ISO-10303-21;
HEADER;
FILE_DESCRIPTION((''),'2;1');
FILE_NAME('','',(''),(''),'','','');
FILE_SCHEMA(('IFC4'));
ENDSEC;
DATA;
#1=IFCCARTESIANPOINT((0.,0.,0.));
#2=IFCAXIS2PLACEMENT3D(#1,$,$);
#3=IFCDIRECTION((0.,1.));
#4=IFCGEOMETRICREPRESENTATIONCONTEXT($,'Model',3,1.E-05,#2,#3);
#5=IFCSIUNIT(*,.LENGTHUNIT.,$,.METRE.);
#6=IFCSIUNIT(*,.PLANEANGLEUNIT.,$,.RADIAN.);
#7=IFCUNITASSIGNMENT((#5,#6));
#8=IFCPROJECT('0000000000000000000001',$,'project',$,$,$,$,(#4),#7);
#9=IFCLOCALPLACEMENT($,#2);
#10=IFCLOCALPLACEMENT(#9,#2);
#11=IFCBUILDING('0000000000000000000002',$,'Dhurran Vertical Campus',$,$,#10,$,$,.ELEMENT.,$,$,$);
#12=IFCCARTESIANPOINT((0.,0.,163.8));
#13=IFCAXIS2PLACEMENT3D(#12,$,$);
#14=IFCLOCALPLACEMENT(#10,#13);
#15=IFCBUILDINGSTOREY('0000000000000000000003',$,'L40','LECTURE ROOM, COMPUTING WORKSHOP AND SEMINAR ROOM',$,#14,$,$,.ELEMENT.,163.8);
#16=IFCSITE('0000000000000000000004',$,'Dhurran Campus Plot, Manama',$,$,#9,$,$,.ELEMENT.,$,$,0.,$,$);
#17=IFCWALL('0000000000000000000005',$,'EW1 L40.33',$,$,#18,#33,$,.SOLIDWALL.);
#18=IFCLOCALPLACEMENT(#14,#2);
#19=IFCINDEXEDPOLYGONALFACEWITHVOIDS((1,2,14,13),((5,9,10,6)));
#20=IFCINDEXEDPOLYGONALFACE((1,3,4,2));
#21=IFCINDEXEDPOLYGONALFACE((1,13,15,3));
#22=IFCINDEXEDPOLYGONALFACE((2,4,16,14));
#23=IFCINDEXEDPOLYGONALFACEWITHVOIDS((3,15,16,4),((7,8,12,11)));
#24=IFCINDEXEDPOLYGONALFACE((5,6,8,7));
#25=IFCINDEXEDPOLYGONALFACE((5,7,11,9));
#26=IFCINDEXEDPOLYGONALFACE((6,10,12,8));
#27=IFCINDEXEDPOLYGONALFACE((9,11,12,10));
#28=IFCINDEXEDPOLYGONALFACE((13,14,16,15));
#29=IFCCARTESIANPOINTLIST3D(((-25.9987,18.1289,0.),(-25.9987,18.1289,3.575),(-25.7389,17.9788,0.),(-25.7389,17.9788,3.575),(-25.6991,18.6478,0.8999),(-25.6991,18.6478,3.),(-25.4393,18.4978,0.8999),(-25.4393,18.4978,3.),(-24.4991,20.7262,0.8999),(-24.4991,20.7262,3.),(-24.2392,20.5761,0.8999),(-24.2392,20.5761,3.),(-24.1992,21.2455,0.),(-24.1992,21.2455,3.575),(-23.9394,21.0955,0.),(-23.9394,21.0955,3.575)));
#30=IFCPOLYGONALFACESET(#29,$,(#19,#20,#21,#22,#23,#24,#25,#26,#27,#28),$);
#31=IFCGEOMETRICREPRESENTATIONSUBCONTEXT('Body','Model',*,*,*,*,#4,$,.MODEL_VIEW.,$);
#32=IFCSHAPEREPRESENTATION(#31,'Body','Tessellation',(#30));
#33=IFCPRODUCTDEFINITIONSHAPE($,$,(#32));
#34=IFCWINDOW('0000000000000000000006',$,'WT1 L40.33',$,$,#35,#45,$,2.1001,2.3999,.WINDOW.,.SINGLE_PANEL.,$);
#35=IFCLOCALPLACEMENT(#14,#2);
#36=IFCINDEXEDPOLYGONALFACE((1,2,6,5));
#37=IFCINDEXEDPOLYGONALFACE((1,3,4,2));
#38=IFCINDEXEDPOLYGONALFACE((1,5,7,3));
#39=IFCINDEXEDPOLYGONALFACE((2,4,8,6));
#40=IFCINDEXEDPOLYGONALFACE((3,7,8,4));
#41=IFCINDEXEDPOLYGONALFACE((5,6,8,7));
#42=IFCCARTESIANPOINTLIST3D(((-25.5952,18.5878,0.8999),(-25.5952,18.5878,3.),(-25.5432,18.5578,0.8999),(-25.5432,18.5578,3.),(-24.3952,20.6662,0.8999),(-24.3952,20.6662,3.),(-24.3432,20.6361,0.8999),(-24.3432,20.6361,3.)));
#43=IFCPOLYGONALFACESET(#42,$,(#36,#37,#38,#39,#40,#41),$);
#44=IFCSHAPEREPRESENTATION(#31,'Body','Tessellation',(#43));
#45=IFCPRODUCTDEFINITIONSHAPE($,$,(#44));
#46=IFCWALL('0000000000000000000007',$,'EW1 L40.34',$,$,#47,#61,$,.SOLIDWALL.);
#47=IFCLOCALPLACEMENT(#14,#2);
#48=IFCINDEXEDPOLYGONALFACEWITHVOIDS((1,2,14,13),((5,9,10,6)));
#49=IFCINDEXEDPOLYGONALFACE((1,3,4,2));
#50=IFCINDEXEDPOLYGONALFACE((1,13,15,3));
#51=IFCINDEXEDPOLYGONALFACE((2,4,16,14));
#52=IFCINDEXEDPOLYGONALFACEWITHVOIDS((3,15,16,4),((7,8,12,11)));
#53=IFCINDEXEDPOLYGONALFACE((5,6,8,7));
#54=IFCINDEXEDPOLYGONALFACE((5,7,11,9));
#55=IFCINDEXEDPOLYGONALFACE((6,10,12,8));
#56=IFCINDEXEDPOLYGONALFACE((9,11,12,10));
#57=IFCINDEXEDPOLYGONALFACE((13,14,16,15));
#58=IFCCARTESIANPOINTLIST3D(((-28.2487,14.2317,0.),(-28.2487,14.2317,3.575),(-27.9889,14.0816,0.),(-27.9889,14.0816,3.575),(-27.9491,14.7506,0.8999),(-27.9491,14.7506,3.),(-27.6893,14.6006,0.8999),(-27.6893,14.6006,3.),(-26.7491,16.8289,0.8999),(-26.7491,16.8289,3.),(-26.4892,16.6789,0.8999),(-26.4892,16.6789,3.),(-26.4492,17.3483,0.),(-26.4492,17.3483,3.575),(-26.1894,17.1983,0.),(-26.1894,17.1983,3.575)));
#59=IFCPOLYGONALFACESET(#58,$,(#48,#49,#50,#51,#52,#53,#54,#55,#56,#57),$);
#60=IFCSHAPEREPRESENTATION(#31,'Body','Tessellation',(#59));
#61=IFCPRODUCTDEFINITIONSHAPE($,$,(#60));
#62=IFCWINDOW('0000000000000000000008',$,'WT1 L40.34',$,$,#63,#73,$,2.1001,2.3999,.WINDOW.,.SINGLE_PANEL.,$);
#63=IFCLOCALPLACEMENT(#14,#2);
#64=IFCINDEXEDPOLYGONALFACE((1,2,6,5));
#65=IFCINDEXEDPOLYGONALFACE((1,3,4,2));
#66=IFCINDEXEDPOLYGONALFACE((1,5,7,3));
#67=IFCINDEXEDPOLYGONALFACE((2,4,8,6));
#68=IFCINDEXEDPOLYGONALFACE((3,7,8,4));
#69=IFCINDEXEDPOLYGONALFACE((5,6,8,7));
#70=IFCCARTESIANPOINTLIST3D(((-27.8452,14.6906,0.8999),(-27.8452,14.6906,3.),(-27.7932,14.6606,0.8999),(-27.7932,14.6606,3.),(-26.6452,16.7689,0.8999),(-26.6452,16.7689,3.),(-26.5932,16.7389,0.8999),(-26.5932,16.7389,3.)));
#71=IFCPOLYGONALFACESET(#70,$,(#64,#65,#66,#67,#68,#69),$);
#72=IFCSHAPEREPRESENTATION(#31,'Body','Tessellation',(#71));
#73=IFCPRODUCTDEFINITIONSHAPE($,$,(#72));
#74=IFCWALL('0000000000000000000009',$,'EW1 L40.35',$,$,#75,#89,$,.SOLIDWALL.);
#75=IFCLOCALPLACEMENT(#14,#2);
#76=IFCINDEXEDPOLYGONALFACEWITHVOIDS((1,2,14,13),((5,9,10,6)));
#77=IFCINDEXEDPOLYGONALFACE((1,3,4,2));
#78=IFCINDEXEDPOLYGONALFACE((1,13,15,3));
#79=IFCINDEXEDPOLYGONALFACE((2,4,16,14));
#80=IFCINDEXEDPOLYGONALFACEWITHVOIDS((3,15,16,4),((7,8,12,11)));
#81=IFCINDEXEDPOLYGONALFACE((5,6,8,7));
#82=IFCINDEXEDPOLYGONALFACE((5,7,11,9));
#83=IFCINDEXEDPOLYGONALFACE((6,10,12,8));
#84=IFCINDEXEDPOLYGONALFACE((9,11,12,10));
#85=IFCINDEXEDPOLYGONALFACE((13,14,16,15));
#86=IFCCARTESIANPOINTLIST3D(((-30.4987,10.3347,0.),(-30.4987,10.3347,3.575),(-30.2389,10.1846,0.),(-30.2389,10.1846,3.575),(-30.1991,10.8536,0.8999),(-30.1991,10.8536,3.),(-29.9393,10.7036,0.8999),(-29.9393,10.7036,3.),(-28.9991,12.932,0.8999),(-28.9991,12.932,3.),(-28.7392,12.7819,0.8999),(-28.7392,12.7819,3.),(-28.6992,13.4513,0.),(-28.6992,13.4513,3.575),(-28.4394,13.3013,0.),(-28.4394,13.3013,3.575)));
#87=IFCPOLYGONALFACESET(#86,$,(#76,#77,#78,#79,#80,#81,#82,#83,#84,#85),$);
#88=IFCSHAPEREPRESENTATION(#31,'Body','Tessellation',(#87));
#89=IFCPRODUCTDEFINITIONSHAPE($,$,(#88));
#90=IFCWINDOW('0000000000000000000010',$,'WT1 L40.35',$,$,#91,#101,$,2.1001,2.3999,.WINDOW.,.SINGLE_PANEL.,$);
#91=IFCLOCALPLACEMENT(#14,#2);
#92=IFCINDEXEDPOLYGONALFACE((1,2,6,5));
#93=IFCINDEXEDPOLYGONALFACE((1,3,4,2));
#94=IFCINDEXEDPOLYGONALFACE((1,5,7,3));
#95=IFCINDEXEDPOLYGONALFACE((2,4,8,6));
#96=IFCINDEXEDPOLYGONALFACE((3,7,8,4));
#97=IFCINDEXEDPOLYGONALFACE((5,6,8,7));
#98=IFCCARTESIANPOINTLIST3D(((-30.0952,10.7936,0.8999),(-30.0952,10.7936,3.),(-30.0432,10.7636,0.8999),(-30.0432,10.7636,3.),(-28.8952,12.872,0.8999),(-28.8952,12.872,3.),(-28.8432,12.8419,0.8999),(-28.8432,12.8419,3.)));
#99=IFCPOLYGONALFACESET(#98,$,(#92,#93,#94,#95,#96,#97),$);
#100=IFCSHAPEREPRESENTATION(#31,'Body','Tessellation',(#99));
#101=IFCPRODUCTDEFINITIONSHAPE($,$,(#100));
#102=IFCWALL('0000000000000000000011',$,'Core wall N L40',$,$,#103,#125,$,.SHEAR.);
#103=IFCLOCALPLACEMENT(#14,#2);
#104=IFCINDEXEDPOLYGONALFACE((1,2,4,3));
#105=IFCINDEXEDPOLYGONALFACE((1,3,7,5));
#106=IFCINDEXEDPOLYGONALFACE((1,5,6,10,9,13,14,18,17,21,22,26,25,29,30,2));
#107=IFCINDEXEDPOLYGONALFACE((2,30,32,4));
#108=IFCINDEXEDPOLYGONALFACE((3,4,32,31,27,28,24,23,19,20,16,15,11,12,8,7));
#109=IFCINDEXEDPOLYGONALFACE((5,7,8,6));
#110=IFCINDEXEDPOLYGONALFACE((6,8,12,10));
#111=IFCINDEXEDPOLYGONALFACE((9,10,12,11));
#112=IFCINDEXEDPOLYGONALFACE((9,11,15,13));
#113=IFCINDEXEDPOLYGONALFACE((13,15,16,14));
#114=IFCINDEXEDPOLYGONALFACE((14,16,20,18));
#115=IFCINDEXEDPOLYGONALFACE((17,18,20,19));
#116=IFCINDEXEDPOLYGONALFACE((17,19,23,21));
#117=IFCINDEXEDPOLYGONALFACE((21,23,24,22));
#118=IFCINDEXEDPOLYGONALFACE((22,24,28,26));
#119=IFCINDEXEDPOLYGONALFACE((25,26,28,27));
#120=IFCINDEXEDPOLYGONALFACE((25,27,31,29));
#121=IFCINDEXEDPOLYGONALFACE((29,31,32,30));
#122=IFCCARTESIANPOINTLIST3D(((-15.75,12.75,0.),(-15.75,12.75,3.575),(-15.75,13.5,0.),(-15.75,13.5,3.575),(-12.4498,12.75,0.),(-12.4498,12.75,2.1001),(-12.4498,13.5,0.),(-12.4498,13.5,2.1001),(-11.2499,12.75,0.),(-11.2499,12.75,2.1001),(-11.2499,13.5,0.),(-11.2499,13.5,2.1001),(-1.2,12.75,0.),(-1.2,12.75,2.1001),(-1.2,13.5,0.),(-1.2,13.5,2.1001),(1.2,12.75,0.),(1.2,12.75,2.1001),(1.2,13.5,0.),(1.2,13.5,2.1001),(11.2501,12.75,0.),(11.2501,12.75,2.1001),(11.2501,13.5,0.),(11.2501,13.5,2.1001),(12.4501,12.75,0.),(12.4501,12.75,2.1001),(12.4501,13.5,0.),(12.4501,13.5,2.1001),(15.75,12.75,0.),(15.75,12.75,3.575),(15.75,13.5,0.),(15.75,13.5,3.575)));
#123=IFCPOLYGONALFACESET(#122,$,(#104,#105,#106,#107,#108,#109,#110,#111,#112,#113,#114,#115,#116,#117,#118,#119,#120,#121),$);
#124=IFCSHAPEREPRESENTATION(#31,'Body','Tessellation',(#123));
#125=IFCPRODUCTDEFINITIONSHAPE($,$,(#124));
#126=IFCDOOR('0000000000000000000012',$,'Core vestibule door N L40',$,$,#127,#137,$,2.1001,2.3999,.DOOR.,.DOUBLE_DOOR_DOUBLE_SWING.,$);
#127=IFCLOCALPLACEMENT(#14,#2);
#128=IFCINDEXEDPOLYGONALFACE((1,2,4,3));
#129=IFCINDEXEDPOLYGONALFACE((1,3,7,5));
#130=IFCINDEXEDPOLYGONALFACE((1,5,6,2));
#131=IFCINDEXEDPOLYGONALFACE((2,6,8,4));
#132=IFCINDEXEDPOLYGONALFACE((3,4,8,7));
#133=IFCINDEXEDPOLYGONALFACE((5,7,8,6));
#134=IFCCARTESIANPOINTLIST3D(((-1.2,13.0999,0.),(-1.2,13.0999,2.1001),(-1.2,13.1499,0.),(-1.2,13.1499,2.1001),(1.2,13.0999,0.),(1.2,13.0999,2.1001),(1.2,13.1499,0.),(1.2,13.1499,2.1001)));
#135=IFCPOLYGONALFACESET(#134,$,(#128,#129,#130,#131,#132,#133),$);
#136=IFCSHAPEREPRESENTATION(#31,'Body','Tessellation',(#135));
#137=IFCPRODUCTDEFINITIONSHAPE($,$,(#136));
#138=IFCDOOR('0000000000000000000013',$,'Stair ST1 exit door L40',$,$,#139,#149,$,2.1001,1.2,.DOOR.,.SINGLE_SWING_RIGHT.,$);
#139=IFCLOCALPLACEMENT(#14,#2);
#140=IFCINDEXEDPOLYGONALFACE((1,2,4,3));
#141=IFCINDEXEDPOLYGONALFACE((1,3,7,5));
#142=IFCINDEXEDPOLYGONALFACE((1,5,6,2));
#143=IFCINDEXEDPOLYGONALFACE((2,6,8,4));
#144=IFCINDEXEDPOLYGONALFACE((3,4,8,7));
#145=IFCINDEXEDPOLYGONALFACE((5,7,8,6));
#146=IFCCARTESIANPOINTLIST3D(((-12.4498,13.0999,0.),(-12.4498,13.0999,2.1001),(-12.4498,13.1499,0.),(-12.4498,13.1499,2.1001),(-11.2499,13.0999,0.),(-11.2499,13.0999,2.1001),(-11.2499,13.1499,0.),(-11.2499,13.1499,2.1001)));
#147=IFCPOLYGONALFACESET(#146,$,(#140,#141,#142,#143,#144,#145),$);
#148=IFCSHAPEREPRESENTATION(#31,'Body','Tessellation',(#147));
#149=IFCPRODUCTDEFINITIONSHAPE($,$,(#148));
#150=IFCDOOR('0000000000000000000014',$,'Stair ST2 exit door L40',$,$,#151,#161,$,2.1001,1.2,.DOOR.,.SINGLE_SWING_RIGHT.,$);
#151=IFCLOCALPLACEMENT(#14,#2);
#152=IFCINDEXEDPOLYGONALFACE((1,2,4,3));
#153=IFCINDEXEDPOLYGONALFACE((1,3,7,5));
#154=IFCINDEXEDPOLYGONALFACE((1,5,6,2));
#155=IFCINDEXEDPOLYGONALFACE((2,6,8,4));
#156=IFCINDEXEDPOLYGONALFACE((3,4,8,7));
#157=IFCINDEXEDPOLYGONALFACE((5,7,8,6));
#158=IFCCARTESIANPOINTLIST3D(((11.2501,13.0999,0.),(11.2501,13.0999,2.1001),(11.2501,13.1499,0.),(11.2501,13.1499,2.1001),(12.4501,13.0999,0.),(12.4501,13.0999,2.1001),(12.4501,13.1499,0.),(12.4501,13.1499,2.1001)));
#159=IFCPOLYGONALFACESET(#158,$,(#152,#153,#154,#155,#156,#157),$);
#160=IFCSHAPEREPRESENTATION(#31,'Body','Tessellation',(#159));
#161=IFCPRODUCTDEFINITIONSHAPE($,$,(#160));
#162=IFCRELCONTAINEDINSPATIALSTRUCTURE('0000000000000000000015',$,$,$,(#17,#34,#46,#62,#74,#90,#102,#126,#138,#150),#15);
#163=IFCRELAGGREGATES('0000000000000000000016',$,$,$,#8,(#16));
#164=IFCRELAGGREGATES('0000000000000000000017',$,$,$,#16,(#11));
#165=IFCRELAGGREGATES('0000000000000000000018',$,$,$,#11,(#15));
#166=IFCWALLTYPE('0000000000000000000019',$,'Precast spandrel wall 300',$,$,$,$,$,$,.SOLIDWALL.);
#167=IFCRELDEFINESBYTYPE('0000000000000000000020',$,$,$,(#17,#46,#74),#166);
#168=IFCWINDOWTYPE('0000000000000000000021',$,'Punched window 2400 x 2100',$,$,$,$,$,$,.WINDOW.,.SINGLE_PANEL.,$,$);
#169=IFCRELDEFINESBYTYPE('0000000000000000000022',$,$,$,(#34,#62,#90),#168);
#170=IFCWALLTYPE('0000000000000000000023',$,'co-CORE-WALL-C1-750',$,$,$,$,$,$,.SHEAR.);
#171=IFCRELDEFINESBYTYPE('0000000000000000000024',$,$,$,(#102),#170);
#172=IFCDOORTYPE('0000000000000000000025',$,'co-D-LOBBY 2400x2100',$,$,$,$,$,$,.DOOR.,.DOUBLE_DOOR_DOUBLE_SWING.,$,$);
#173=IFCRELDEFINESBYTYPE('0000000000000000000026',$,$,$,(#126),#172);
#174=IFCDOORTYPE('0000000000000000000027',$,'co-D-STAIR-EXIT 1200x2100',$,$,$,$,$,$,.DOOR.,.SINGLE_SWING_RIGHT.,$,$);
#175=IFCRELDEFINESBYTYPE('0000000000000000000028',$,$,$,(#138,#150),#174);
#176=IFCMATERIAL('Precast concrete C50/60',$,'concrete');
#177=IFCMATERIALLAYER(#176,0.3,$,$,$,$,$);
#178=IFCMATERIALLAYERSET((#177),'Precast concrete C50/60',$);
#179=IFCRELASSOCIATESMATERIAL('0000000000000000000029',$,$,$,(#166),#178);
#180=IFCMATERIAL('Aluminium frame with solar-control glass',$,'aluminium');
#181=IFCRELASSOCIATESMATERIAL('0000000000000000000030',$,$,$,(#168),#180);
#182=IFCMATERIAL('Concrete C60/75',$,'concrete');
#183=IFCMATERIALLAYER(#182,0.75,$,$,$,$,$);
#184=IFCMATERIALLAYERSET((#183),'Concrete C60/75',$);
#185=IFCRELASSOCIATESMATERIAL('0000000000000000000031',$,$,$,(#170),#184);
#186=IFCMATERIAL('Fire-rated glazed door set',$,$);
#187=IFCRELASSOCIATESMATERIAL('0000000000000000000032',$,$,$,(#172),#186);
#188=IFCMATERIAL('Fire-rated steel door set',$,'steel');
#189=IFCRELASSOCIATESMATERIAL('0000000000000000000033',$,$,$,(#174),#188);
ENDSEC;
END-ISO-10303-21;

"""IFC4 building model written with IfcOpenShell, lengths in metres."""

from ifc_helpers import new_model, si_unit, direction, frame, frame_2d, origin, place, context, subcontext, project, spatial, rectangle, extrude, material, layer, layer_set, type_object, element, fill, save


model = new_model("IFC4")

# Units and contexts
model_context = context("Model", 3, precision=1e-05, world=origin(), true_north=direction((0.0, 1.0)))
body_context = subcontext(model_context, "Body", "Model", "MODEL_VIEW")
ifc_project = project(units=[si_unit("LENGTHUNIT", "METRE"), si_unit("PLANEANGLEUNIT", "RADIAN")], contexts=[model_context])

# Site, building, storey
site_placement = place(None, origin())
site = spatial("IfcSite", under=ifc_project, at=site_placement, Name="Dhurran Campus Plot, Manama", CompositionType="ELEMENT", RefElevation=0.0)
building_placement = place(site_placement, origin())
building = spatial("IfcBuilding", under=site, at=building_placement, Name="Dhurran Vertical Campus", CompositionType="ELEMENT")
storey_placement = place(building_placement, frame((0.0, 0.0, 163.8)))
storey = spatial("IfcBuildingStorey", under=building, at=storey_placement, Name="L40", Description="LECTURE ROOM, COMPUTING WORKSHOP AND SEMINAR ROOM", CompositionType="ELEMENT", Elevation=163.8)

# Walls, openings, windows
ifc_material_1 = material(Name="Precast concrete C50/60", Category="concrete")
ifc_layer_1 = layer(ifc_material_1, 0.3)
ifc_layer_set_1 = layer_set([ifc_layer_1], Name="Precast concrete C50/60")
wall_type_1 = type_object("IfcWallType", Name="Precast spandrel wall 300", PredefinedType="SOLIDWALL", material=ifc_layer_set_1)
ifc_material_2 = material(Name="Aluminium frame with solar-control glass", Category="aluminium")
window_type = type_object("IfcWindowType", Name="Punched window 2400 x 2100", PartitioningType="SINGLE_PANEL", PredefinedType="WINDOW", material=ifc_material_2)
wall_1_placement = place(storey_placement, frame((-24.0693, 21.1704, 0.0), z_axis=(0.0, 0.0, 1.0), x_axis=(-0.500028, -0.866009, 0.0)))
wall_1 = element("IfcWall", 1, at=wall_1_placement, inside=storey, type_object=wall_type_1, Name="EW1 L40.33", PredefinedType="SOLIDWALL", context=body_context, shape_type="SweptSolid", body=[
    extrude(rectangle(XDim=3.5989, YDim=0.3, at=frame_2d((1.7993, 0.0))), origin(), (0.0, 0.0, 1.0), 3.575),
])
opening_1_placement = place(wall_1_placement, frame((0.5996, 0.0, 0.8999)))
opening_1 = element("IfcOpeningElement", 2, at=opening_1_placement, cuts=wall_1, PredefinedType="OPENING", context=body_context, shape_type="SweptSolid", body=[
    extrude(rectangle(XDim=2.3999, YDim=2.1001, at=frame_2d((1.2, 1.05))), frame((0.0, 0.1599, 0.0), z_axis=(0.0, -1.0, 0.0), x_axis=(1.0, 0.0, 0.0)), (0.0, 0.0, 1.0), 0.3201),
])
window_1_placement = place(opening_1_placement, origin())
window_1 = element("IfcWindow", 3, at=window_1_placement, inside=storey, type_object=window_type, Name="WT1 L40.33", OverallHeight=2.1001, OverallWidth=2.3999, PartitioningType="SINGLE_PANEL", PredefinedType="WINDOW", context=body_context, shape_type="SweptSolid", body=[
    extrude(rectangle(XDim=2.3999, YDim=2.1001, at=frame_2d((1.2, 1.05))), frame((0.0, 0.03, 0.0), z_axis=(0.0, -1.0, 0.0), x_axis=(1.0, 0.0, 0.0)), (0.0, 0.0, 1.0), 0.0601),
])
fill(opening_1, window_1)
wall_2_placement = place(storey_placement, frame((-26.3193, 17.2732, 0.0), z_axis=(0.0, 0.0, 1.0), x_axis=(-0.500028, -0.866009, 0.0)))
wall_2 = element("IfcWall", 4, at=wall_2_placement, inside=storey, type_object=wall_type_1, Name="EW1 L40.34", PredefinedType="SOLIDWALL", context=body_context, shape_type="SweptSolid", body=[
    extrude(rectangle(XDim=3.5989, YDim=0.3, at=frame_2d((1.7993, 0.0))), origin(), (0.0, 0.0, 1.0), 3.575),
])
opening_2_placement = place(wall_2_placement, frame((0.5996, 0.0, 0.8999)))
opening_2 = element("IfcOpeningElement", 5, at=opening_2_placement, cuts=wall_2, PredefinedType="OPENING", context=body_context, shape_type="SweptSolid", body=[
    extrude(rectangle(XDim=2.3999, YDim=2.1001, at=frame_2d((1.2, 1.05))), frame((0.0, 0.1599, 0.0), z_axis=(0.0, -1.0, 0.0), x_axis=(1.0, 0.0, 0.0)), (0.0, 0.0, 1.0), 0.3201),
])
window_2_placement = place(opening_2_placement, origin())
window_2 = element("IfcWindow", 6, at=window_2_placement, inside=storey, type_object=window_type, Name="WT1 L40.34", OverallHeight=2.1001, OverallWidth=2.3999, PartitioningType="SINGLE_PANEL", PredefinedType="WINDOW", context=body_context, shape_type="SweptSolid", body=[
    extrude(rectangle(XDim=2.3999, YDim=2.1001, at=frame_2d((1.2, 1.05))), frame((0.0, 0.03, 0.0), z_axis=(0.0, -1.0, 0.0), x_axis=(1.0, 0.0, 0.0)), (0.0, 0.0, 1.0), 0.0601),
])
fill(opening_2, window_2)
wall_3_placement = place(storey_placement, frame((-28.5693, 13.3762, 0.0), z_axis=(0.0, 0.0, 1.0), x_axis=(-0.500028, -0.866009, 0.0)))
wall_3 = element("IfcWall", 7, at=wall_3_placement, inside=storey, type_object=wall_type_1, Name="EW1 L40.35", PredefinedType="SOLIDWALL", context=body_context, shape_type="SweptSolid", body=[
    extrude(rectangle(XDim=3.5989, YDim=0.3, at=frame_2d((1.7993, 0.0))), origin(), (0.0, 0.0, 1.0), 3.575),
])
opening_3_placement = place(wall_3_placement, frame((0.5996, 0.0, 0.8999)))
opening_3 = element("IfcOpeningElement", 8, at=opening_3_placement, cuts=wall_3, PredefinedType="OPENING", context=body_context, shape_type="SweptSolid", body=[
    extrude(rectangle(XDim=2.3999, YDim=2.1001, at=frame_2d((1.2, 1.05))), frame((0.0, 0.1599, 0.0), z_axis=(0.0, -1.0, 0.0), x_axis=(1.0, 0.0, 0.0)), (0.0, 0.0, 1.0), 0.3201),
])
window_3_placement = place(opening_3_placement, origin())
window_3 = element("IfcWindow", 9, at=window_3_placement, inside=storey, type_object=window_type, Name="WT1 L40.35", OverallHeight=2.1001, OverallWidth=2.3999, PartitioningType="SINGLE_PANEL", PredefinedType="WINDOW", context=body_context, shape_type="SweptSolid", body=[
    extrude(rectangle(XDim=2.3999, YDim=2.1001, at=frame_2d((1.2, 1.05))), frame((0.0, 0.03, 0.0), z_axis=(0.0, -1.0, 0.0), x_axis=(1.0, 0.0, 0.0)), (0.0, 0.0, 1.0), 0.0601),
])
fill(opening_3, window_3)

# Wall, openings, doors
ifc_material_3 = material(Name="Concrete C60/75", Category="concrete")
ifc_layer_2 = layer(ifc_material_3, 0.75)
ifc_layer_set_2 = layer_set([ifc_layer_2], Name="Concrete C60/75")
wall_type_2 = type_object("IfcWallType", Name="co-CORE-WALL-C1-750", PredefinedType="SHEAR", material=ifc_layer_set_2)
wall_4_placement = place(storey_placement, frame((-15.75, 13.125, 0.0), z_axis=(0.0, 0.0, 1.0), x_axis=(1.0, 0.0, 0.0)))
wall_4 = element("IfcWall", 10, at=wall_4_placement, inside=storey, type_object=wall_type_2, Name="Core wall N L40", PredefinedType="SHEAR", context=body_context, shape_type="SweptSolid", body=[
    extrude(rectangle(XDim=31.5, YDim=0.75, at=frame_2d((15.75, 0.0))), origin(), (0.0, 0.0, 1.0), 3.575),
])
opening_4_placement = place(wall_4_placement, frame((14.55, 0.0, 0.0)))
opening_4 = element("IfcOpeningElement", 11, at=opening_4_placement, cuts=wall_4, PredefinedType="OPENING", context=body_context, shape_type="SweptSolid", body=[
    extrude(rectangle(XDim=2.3999, YDim=2.1001, at=frame_2d((1.2, 1.05))), frame((0.0, 0.385, 0.0), z_axis=(0.0, -1.0, 0.0), x_axis=(1.0, 0.0, 0.0)), (0.0, 0.0, 1.0), 0.77),
])
opening_5_placement = place(wall_4_placement, frame((3.3, 0.0, 0.0)))
opening_5 = element("IfcOpeningElement", 12, at=opening_5_placement, cuts=wall_4, PredefinedType="OPENING", context=body_context, shape_type="SweptSolid", body=[
    extrude(rectangle(XDim=1.2, YDim=2.1001, at=frame_2d((0.6001, 1.05))), frame((0.0, 0.385, 0.0), z_axis=(0.0, -1.0, 0.0), x_axis=(1.0, 0.0, 0.0)), (0.0, 0.0, 1.0), 0.77),
])
opening_6_placement = place(wall_4_placement, frame((27.0, 0.0, 0.0)))
opening_6 = element("IfcOpeningElement", 13, at=opening_6_placement, cuts=wall_4, PredefinedType="OPENING", context=body_context, shape_type="SweptSolid", body=[
    extrude(rectangle(XDim=1.2, YDim=2.1001, at=frame_2d((0.6001, 1.05))), frame((0.0, 0.385, 0.0), z_axis=(0.0, -1.0, 0.0), x_axis=(1.0, 0.0, 0.0)), (0.0, 0.0, 1.0), 0.77),
])
ifc_material_4 = material(Name="Fire-rated glazed door set")
door_type_1 = type_object("IfcDoorType", Name="co-D-LOBBY 2400x2100", OperationType="DOUBLE_DOOR_DOUBLE_SWING", PredefinedType="DOOR", material=ifc_material_4)
door_1_placement = place(opening_4_placement, origin())
door_1 = element("IfcDoor", 14, at=door_1_placement, inside=storey, type_object=door_type_1, Name="Core vestibule door N L40", OperationType="DOUBLE_DOOR_DOUBLE_SWING", OverallHeight=2.1001, OverallWidth=2.3999, PredefinedType="DOOR", context=body_context, shape_type="SweptSolid", body=[
    extrude(rectangle(XDim=2.3999, YDim=2.1001, at=frame_2d((1.2, 1.05))), frame((0.0, 0.0249, 0.0), z_axis=(0.0, -1.0, 0.0), x_axis=(1.0, 0.0, 0.0)), (0.0, 0.0, 1.0), 0.05),
])
fill(opening_4, door_1)
ifc_material_5 = material(Name="Fire-rated steel door set", Category="steel")
door_type_2 = type_object("IfcDoorType", Name="co-D-STAIR-EXIT 1200x2100", OperationType="SINGLE_SWING_RIGHT", PredefinedType="DOOR", material=ifc_material_5)
door_2_placement = place(opening_5_placement, origin())
door_2 = element("IfcDoor", 15, at=door_2_placement, inside=storey, type_object=door_type_2, Name="Stair ST1 exit door L40", OperationType="SINGLE_SWING_RIGHT", OverallHeight=2.1001, OverallWidth=1.2, PredefinedType="DOOR", context=body_context, shape_type="SweptSolid", body=[
    extrude(rectangle(XDim=1.2, YDim=2.1001, at=frame_2d((0.6001, 1.05))), frame((0.0, 0.0249, 0.0), z_axis=(0.0, -1.0, 0.0), x_axis=(1.0, 0.0, 0.0)), (0.0, 0.0, 1.0), 0.05),
])
fill(opening_5, door_2)
door_3_placement = place(opening_6_placement, origin())
door_3 = element("IfcDoor", 16, at=door_3_placement, inside=storey, type_object=door_type_2, Name="Stair ST2 exit door L40", OperationType="SINGLE_SWING_RIGHT", OverallHeight=2.1001, OverallWidth=1.2, PredefinedType="DOOR", context=body_context, shape_type="SweptSolid", body=[
    extrude(rectangle(XDim=1.2, YDim=2.1001, at=frame_2d((0.6001, 1.05))), frame((0.0, 0.0249, 0.0), z_axis=(0.0, -1.0, 0.0), x_axis=(1.0, 0.0, 0.0)), (0.0, 0.0, 1.0), 0.05),
])
fill(opening_6, door_3)

save(model, "model.ifc")
